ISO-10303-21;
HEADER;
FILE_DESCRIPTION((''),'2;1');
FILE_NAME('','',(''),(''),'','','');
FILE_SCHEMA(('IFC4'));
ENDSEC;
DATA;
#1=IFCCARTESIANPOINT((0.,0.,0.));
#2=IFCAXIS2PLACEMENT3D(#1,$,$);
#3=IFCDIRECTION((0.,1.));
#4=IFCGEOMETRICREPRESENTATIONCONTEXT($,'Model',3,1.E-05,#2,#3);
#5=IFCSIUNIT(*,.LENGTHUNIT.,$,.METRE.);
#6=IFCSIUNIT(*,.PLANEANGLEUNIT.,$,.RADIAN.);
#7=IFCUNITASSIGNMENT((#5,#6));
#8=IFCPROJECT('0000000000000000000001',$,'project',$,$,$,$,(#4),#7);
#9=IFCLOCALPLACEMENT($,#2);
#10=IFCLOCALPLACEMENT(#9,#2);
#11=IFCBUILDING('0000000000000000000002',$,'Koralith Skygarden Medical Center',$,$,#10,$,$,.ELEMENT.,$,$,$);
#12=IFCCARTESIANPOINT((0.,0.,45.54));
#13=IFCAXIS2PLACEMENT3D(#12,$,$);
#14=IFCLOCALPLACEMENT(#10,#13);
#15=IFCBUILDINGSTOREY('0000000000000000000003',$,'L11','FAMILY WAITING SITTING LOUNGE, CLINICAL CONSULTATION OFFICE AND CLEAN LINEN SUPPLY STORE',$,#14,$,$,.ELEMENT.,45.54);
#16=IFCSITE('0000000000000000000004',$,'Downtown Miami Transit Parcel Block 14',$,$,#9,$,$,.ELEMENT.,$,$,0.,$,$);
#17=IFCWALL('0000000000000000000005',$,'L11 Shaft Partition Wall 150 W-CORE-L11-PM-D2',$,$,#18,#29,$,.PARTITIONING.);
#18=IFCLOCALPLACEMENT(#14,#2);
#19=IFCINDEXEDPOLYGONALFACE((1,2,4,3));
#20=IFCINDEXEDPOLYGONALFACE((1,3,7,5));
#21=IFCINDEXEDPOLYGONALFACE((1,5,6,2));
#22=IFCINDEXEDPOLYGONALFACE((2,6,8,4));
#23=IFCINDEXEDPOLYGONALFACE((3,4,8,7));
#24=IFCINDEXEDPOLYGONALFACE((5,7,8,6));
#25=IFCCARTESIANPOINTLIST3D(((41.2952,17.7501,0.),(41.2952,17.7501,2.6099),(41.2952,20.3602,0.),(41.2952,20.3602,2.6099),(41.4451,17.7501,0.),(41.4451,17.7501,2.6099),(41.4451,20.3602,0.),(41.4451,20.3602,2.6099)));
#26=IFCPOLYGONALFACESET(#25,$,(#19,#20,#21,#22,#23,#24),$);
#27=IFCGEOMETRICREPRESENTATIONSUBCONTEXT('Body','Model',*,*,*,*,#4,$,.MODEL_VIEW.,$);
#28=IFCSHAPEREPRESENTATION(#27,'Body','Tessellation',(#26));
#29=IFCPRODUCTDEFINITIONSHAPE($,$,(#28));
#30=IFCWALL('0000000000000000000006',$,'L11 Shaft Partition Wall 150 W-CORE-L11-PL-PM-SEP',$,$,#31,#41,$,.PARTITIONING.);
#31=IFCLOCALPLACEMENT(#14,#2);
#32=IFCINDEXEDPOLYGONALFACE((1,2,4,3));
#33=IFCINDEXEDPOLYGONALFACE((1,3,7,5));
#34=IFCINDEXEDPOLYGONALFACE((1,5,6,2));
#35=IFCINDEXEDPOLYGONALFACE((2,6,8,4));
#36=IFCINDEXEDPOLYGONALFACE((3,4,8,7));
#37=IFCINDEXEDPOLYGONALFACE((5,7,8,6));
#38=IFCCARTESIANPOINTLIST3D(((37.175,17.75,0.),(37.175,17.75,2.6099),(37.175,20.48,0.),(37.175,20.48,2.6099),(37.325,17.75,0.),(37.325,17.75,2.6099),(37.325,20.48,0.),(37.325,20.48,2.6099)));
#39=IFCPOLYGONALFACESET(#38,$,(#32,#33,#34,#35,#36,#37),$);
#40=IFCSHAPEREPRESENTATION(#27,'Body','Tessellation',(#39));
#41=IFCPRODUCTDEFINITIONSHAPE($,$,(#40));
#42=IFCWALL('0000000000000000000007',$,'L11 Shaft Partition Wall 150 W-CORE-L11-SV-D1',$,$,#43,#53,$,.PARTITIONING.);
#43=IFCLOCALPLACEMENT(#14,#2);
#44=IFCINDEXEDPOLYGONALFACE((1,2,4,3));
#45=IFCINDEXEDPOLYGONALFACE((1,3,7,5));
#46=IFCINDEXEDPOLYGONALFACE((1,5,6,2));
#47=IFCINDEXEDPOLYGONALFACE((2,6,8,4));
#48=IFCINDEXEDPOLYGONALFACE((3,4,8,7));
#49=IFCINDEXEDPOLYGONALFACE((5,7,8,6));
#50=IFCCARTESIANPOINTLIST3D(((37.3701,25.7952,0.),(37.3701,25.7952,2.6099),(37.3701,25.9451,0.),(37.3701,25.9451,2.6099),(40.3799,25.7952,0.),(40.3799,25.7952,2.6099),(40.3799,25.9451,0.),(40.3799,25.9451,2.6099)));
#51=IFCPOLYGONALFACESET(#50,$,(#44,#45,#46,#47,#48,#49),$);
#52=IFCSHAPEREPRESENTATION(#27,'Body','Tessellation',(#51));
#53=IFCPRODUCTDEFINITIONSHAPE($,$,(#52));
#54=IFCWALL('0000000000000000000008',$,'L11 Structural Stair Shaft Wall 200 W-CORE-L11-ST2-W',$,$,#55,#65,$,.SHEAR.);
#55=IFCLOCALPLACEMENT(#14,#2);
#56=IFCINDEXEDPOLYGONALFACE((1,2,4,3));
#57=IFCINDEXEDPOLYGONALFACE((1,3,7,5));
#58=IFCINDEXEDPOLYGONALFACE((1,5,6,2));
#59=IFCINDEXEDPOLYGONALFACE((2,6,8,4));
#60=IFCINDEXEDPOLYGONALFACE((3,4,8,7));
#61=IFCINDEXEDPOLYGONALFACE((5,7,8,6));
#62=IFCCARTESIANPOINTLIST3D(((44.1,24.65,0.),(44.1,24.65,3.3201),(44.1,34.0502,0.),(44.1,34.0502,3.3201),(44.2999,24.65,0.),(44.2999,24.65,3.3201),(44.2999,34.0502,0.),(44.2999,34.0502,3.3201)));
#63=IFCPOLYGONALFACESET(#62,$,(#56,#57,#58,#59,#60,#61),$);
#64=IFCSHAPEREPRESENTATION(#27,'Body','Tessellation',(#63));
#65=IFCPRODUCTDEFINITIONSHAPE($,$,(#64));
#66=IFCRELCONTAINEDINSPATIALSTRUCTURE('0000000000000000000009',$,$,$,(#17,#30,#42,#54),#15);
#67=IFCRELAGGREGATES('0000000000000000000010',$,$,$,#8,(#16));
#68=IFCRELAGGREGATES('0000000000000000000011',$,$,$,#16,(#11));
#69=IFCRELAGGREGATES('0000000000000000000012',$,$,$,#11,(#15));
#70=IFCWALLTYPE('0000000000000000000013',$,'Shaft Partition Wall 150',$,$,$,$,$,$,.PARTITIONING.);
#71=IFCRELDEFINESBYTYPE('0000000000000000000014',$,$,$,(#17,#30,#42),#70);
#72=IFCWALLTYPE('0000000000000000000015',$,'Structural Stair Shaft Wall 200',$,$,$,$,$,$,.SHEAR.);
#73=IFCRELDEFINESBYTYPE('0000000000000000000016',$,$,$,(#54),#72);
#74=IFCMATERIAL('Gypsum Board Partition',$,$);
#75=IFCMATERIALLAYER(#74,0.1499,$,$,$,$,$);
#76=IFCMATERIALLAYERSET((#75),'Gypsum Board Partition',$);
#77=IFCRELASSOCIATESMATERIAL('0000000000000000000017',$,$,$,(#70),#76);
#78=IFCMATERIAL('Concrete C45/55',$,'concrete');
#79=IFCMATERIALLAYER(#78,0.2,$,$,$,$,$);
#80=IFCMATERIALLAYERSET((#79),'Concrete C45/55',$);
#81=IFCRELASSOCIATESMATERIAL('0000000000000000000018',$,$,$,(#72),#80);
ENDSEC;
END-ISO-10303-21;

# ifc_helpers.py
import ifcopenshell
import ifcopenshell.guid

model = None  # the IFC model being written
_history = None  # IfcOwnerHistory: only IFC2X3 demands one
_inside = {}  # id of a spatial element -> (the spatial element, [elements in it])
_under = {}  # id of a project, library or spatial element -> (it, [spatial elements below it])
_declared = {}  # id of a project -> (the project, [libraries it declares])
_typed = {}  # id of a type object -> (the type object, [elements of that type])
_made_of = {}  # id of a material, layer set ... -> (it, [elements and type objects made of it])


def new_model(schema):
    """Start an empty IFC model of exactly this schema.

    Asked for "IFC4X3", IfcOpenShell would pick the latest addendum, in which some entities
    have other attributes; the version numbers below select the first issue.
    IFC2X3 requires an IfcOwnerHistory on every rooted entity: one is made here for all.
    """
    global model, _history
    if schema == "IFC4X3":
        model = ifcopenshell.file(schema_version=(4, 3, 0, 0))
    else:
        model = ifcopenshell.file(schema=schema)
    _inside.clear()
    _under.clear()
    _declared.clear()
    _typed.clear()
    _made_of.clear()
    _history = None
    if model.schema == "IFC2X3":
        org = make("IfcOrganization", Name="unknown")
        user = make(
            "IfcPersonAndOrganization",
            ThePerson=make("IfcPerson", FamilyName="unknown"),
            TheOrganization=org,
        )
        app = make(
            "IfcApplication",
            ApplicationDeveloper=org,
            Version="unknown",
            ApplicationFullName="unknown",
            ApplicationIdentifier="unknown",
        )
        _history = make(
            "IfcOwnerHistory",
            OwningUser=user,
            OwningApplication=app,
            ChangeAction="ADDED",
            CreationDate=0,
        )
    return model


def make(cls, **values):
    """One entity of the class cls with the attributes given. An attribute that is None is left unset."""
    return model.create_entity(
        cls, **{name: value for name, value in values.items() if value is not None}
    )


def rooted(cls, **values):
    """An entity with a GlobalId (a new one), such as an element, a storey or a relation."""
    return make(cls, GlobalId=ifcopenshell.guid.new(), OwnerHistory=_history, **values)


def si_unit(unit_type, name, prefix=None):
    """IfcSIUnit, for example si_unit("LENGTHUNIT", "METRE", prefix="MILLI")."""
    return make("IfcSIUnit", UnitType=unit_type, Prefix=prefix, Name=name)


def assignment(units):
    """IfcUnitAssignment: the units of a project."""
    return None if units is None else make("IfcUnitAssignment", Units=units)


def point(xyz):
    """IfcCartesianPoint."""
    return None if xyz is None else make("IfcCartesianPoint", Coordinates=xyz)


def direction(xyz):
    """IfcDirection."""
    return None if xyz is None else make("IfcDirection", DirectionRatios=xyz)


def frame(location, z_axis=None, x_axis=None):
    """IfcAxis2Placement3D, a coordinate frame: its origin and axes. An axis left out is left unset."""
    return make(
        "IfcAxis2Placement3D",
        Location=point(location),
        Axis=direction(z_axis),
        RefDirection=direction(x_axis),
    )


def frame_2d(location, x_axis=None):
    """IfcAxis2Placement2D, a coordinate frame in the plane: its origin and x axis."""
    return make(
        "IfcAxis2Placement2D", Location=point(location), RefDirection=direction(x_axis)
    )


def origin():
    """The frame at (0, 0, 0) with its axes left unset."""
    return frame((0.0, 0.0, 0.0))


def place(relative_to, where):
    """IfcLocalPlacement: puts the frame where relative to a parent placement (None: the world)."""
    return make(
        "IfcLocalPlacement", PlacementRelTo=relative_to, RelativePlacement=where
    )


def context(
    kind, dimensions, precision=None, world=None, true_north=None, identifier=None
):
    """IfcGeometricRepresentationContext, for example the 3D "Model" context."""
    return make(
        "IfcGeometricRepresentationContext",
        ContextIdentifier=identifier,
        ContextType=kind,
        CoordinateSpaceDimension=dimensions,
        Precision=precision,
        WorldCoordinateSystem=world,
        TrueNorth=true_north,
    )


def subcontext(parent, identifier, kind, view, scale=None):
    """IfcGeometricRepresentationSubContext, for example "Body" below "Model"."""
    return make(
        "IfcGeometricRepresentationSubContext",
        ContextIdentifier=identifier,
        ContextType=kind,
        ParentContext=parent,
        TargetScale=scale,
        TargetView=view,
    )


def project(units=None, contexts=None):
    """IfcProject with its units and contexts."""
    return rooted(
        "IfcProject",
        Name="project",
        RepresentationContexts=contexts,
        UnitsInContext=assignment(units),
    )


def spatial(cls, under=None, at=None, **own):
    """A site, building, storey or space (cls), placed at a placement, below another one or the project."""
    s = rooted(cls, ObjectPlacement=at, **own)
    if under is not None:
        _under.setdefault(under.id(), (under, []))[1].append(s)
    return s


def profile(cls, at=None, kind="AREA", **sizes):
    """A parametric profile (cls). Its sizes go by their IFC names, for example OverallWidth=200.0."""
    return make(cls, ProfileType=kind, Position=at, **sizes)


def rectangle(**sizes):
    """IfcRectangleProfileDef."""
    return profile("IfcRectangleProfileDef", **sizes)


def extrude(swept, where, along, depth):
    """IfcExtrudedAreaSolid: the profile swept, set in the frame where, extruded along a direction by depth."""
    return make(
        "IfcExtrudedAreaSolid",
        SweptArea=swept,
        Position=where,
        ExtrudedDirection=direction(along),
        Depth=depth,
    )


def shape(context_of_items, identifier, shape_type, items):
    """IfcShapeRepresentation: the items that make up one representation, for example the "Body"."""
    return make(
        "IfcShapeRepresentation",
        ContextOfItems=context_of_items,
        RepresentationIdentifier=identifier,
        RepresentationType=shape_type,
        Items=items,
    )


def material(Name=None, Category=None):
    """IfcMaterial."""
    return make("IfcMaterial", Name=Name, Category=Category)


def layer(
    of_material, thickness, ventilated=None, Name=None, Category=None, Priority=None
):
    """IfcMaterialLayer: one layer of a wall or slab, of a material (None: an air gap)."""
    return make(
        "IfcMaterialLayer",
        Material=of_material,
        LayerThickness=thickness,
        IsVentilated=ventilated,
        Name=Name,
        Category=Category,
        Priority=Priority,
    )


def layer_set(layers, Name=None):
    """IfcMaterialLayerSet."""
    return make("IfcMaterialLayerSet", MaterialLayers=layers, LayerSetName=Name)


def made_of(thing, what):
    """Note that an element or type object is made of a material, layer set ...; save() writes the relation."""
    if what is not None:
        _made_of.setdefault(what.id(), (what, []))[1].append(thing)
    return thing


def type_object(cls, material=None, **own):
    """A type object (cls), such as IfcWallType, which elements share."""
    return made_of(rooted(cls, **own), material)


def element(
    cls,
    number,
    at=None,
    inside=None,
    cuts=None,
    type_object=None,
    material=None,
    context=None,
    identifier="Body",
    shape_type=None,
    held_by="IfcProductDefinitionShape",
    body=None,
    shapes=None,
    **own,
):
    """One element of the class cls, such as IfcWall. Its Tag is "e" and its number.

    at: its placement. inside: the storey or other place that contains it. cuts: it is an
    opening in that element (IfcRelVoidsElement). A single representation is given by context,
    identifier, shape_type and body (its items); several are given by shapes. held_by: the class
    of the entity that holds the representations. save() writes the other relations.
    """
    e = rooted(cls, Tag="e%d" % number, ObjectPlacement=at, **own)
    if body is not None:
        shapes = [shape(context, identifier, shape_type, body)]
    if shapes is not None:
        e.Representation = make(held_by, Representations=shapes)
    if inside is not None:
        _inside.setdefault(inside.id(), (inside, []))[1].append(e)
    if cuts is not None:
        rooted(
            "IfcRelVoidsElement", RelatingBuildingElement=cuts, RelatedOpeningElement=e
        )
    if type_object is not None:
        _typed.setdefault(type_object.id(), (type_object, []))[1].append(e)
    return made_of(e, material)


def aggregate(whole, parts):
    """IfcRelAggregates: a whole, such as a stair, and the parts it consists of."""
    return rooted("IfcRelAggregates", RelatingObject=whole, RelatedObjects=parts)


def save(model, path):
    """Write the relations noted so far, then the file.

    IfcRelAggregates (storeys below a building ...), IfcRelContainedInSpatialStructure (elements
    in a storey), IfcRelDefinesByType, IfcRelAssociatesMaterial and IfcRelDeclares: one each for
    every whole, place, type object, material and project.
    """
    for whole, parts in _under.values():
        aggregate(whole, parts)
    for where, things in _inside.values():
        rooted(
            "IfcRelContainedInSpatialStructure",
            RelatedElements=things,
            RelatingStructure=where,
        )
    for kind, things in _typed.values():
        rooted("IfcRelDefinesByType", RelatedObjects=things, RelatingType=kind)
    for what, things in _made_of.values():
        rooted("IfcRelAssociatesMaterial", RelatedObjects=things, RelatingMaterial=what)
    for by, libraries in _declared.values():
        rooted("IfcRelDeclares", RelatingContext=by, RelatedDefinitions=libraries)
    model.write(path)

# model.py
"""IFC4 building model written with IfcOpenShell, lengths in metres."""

from ifc_helpers import new_model, si_unit, direction, frame, frame_2d, origin, place, context, subcontext, project, spatial, rectangle, extrude, material, layer, layer_set, type_object, element, save


model = new_model("IFC4")

# Units and contexts
model_context = context("Model", 3, precision=1e-05, world=origin(), true_north=direction((0.0, 1.0)))
body_context = subcontext(model_context, "Body", "Model", "MODEL_VIEW")
ifc_project = project(units=[si_unit("LENGTHUNIT", "METRE"), si_unit("PLANEANGLEUNIT", "RADIAN")], contexts=[model_context])

# Site, building, storey
site_placement = place(None, origin())
site = spatial("IfcSite", under=ifc_project, at=site_placement, Name="Downtown Miami Transit Parcel Block 14", CompositionType="ELEMENT", RefElevation=0.0)
building_placement = place(site_placement, origin())
building = spatial("IfcBuilding", under=site, at=building_placement, Name="Koralith Skygarden Medical Center", CompositionType="ELEMENT")
storey_placement = place(building_placement, frame((0.0, 0.0, 45.54)))
storey = spatial("IfcBuildingStorey", under=building, at=storey_placement, Name="L11", Description="FAMILY WAITING SITTING LOUNGE, CLINICAL CONSULTATION OFFICE AND CLEAN LINEN SUPPLY STORE", CompositionType="ELEMENT", Elevation=45.54)

# Shared definitions
ifc_material_1 = material(Name="Concrete C45/55", Category="concrete")

# Shared definitions
ifc_material_2 = material(Name="Gypsum Board Partition")

# Walls
ifc_layer_1 = layer(ifc_material_2, 0.1499)
ifc_layer_set_1 = layer_set([ifc_layer_1], Name="Gypsum Board Partition")
wall_type_1 = type_object("IfcWallType", Name="Shaft Partition Wall 150", PredefinedType="PARTITIONING", material=ifc_layer_set_1)
for number, where, z_axis, x_axis, name in (
    (1, (41.3701, 17.75, 0.0), (0.0, 0.0, 1.0), (0.0, 1.0, 0.0), "L11 Shaft Partition Wall 150 W-CORE-L11-PM-D2"),
):
    element("IfcWall", number, at=place(storey_placement, frame(where, z_axis=z_axis, x_axis=x_axis)), inside=storey, type_object=wall_type_1, Name=name, PredefinedType="PARTITIONING", context=body_context, shape_type="SweptSolid", body=[
        extrude(rectangle(XDim=2.6101, YDim=0.1499, at=frame_2d((1.3052, 0.0))), origin(), (0.0, 0.0, 1.0), 2.6099),
    ])
wall_1_placement = place(storey_placement, frame((37.25, 17.75, 0.0), z_axis=(0.0, 0.0, 1.0), x_axis=(0.0, 1.0, 0.0)))
element("IfcWall", 2, at=wall_1_placement, inside=storey, type_object=wall_type_1, Name="L11 Shaft Partition Wall 150 W-CORE-L11-PL-PM-SEP", PredefinedType="PARTITIONING", context=body_context, shape_type="SweptSolid", body=[
    extrude(rectangle(XDim=2.73, YDim=0.1499, at=frame_2d((1.365, 0.0))), origin(), (0.0, 0.0, 1.0), 2.6099),
])
wall_2_placement = place(storey_placement, frame((37.3701, 25.8701, 0.0), z_axis=(0.0, 0.0, 1.0), x_axis=(1.0, 0.0, 0.0)))
element("IfcWall", 3, at=wall_2_placement, inside=storey, type_object=wall_type_1, Name="L11 Shaft Partition Wall 150 W-CORE-L11-SV-D1", PredefinedType="PARTITIONING", context=body_context, shape_type="SweptSolid", body=[
    extrude(rectangle(XDim=3.0098, YDim=0.1499, at=frame_2d((1.5049, 0.0))), origin(), (0.0, 0.0, 1.0), 2.6099),
])
ifc_layer_2 = layer(ifc_material_1, 0.2)
ifc_layer_set_2 = layer_set([ifc_layer_2], Name="Concrete C45/55")
wall_type_2 = type_object("IfcWallType", Name="Structural Stair Shaft Wall 200", PredefinedType="SHEAR", material=ifc_layer_set_2)
wall_3_placement = place(storey_placement, frame((44.2, 24.6499, 0.0), z_axis=(0.0, 0.0, 1.0), x_axis=(0.0, 1.0, 0.0)))
element("IfcWall", 4, at=wall_3_placement, inside=storey, type_object=wall_type_2, Name="L11 Structural Stair Shaft Wall 200 W-CORE-L11-ST2-W", PredefinedType="SHEAR", context=body_context, shape_type="SweptSolid", body=[
    extrude(rectangle(XDim=9.4001, YDim=0.2, at=frame_2d((4.7002, 0.0))), origin(), (0.0, 0.0, 1.0), 3.3201),
])

save(model, "model.ifc")
